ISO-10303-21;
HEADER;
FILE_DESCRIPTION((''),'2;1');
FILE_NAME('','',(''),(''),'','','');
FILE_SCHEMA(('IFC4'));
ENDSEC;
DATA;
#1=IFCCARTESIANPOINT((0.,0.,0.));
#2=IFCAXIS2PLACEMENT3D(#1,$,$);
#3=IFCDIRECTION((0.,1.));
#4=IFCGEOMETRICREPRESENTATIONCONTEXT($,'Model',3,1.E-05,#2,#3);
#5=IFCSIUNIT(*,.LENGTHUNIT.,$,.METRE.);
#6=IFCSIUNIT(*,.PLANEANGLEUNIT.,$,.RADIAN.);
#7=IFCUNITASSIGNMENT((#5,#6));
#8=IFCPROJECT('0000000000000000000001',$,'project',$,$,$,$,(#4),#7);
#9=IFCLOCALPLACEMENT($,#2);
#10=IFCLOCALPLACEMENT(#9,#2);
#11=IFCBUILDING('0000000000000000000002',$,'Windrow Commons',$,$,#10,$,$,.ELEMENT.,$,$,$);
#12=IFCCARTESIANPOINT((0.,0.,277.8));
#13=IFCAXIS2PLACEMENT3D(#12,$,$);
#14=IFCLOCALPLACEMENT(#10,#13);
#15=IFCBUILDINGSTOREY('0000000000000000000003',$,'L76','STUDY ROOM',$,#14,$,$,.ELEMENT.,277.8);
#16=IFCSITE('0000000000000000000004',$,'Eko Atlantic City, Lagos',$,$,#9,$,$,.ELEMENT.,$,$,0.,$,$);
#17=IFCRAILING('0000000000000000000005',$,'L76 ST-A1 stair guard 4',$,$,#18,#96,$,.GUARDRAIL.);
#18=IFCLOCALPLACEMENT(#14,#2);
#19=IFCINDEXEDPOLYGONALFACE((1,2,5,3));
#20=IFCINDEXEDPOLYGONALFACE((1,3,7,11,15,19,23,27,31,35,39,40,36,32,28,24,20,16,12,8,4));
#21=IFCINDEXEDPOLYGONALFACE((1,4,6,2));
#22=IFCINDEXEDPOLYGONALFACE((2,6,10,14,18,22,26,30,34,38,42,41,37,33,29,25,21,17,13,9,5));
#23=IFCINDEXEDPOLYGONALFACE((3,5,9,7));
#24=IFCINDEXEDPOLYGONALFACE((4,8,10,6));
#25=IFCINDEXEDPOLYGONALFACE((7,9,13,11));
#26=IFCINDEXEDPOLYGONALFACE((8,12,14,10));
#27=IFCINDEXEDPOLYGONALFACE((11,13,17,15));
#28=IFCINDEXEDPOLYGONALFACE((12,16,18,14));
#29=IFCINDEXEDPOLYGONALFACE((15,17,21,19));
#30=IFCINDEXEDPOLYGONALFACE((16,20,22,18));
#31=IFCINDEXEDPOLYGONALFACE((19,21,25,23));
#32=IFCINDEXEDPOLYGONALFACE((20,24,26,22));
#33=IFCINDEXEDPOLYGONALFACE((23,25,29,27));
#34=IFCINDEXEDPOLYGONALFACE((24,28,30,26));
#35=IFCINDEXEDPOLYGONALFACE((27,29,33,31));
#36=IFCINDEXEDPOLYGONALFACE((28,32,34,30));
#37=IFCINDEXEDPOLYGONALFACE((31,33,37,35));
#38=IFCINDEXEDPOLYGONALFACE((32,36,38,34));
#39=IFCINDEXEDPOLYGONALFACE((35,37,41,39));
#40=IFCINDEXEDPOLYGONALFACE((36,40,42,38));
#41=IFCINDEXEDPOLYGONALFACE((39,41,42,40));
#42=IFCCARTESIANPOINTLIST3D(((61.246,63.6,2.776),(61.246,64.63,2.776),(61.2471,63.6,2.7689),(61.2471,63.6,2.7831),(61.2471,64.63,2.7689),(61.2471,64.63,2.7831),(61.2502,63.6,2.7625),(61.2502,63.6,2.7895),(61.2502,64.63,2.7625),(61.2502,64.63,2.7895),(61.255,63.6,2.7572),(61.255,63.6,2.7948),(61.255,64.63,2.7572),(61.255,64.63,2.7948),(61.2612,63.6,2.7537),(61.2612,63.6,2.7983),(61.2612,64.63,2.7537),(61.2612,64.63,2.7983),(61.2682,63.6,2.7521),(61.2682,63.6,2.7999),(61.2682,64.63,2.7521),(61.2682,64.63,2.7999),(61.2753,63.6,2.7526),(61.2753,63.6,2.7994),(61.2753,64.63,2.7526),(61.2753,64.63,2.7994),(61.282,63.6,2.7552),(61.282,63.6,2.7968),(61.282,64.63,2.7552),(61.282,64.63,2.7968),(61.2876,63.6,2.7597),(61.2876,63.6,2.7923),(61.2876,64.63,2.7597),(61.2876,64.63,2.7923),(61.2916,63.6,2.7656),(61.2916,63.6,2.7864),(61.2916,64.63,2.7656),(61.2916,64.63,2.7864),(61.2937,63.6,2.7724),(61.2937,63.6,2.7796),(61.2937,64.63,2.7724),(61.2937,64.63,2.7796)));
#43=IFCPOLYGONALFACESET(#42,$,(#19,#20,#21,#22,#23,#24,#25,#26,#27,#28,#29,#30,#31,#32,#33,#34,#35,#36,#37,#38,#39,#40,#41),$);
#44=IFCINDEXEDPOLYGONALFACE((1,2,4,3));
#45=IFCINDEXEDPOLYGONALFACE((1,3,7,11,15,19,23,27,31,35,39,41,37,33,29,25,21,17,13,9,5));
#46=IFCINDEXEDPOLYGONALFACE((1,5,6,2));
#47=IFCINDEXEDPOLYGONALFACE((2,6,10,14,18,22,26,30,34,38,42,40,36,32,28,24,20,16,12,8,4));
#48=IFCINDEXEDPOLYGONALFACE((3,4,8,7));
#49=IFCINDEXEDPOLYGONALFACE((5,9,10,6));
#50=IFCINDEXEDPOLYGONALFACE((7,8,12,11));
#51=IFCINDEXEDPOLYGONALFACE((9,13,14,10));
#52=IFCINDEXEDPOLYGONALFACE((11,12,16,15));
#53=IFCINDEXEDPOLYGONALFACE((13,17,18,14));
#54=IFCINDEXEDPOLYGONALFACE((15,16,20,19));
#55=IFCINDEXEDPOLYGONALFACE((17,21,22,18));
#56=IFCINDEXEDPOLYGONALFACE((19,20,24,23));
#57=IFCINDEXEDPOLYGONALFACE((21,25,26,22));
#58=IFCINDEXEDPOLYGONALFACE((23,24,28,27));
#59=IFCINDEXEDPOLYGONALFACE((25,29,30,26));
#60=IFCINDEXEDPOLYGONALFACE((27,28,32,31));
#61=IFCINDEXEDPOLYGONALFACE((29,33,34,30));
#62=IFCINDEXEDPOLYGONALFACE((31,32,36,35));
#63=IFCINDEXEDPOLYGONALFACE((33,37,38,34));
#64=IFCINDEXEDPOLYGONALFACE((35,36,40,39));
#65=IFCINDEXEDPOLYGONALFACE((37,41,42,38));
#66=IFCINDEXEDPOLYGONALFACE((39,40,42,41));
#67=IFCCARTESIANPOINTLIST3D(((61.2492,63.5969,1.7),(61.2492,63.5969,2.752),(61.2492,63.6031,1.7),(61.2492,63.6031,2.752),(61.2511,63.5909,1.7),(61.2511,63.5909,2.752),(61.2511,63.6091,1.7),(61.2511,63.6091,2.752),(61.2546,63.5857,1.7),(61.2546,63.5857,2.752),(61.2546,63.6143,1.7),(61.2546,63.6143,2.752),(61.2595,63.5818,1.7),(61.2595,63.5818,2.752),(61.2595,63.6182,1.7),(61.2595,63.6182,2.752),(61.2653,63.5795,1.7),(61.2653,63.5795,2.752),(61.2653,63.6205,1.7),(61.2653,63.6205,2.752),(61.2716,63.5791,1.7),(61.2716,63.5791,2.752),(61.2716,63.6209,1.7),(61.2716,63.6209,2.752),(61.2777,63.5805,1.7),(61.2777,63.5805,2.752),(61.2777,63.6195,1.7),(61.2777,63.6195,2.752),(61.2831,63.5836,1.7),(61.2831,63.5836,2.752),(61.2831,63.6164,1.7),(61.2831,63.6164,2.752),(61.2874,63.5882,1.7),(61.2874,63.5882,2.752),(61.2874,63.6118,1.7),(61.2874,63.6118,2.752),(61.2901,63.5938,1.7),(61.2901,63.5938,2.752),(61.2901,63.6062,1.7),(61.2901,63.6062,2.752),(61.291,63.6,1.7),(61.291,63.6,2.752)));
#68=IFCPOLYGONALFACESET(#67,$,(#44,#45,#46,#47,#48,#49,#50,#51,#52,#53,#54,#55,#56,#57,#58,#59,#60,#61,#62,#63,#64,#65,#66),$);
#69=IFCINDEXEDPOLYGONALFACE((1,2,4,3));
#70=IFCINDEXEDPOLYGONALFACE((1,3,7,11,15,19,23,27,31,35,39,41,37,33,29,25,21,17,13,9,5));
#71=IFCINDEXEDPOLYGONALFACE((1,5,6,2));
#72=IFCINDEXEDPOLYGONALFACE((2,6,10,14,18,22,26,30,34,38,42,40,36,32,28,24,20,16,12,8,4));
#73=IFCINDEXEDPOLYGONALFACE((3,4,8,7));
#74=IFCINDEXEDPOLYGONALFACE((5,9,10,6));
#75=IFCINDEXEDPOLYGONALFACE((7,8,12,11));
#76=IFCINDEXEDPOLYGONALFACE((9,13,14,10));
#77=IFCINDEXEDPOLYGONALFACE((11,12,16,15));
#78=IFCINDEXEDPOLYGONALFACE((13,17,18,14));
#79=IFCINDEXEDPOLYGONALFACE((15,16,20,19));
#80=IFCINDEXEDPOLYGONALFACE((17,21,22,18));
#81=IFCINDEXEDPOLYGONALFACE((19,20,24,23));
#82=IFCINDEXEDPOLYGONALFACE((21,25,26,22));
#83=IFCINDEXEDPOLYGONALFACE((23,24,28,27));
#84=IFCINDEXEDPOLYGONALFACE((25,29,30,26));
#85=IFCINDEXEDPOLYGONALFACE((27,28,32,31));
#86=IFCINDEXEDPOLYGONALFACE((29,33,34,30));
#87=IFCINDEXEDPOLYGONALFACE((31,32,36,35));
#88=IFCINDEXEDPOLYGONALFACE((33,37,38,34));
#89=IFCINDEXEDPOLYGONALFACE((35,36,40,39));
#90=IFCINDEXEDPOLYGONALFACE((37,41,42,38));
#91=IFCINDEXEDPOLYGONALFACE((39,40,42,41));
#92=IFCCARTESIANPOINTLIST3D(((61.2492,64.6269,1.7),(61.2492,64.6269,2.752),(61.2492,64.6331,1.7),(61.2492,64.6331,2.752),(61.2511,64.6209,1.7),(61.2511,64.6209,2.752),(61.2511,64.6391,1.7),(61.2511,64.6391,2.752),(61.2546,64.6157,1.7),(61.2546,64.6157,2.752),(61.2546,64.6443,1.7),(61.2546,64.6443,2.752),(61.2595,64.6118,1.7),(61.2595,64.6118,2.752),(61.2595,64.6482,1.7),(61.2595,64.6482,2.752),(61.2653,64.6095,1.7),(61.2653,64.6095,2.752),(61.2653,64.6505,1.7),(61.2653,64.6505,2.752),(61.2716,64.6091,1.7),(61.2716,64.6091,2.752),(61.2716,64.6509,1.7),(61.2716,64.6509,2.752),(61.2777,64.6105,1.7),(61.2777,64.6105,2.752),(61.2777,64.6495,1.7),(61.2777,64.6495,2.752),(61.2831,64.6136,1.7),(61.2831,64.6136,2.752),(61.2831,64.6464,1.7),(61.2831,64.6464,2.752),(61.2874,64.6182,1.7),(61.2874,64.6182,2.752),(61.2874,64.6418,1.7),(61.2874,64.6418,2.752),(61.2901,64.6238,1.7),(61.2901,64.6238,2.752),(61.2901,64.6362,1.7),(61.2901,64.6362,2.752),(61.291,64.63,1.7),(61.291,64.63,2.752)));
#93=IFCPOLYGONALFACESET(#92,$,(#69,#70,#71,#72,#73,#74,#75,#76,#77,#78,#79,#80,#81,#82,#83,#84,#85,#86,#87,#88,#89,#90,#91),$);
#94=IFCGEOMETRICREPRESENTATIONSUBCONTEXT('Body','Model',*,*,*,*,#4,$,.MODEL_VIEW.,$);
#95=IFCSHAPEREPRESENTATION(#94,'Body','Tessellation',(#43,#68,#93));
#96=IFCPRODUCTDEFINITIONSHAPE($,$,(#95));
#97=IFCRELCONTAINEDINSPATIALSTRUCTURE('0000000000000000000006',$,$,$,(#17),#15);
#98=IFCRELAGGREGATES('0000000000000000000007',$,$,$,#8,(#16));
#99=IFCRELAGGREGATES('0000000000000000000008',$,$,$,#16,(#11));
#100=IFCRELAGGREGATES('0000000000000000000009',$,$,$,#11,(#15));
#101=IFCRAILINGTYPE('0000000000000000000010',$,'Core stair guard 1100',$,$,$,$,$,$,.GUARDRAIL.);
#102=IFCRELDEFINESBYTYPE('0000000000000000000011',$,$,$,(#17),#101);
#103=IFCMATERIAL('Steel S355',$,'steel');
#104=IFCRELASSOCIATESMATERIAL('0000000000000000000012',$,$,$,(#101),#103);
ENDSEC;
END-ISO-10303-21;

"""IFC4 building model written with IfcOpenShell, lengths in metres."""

from ifc_helpers import new_model, si_unit, direction, frame, origin, origin_2d, place, context, subcontext, project, spatial, circle, extrude, material, type_object, element, save


model = new_model("IFC4")

# Units and contexts
model_context = context("Model", 3, precision=1e-05, world=origin(), true_north=direction((0.0, 1.0)))
body_context = subcontext(model_context, "Body", "Model", "MODEL_VIEW")
ifc_project = project(units=[si_unit("LENGTHUNIT", "METRE"), si_unit("PLANEANGLEUNIT", "RADIAN")], contexts=[model_context])

# Site, building, storey
site_placement = place(None, origin())
site = spatial("IfcSite", under=ifc_project, at=site_placement, Name="Eko Atlantic City, Lagos", CompositionType="ELEMENT", RefElevation=0.0)
building_placement = place(site_placement, origin())
building = spatial("IfcBuilding", under=site, at=building_placement, Name="Windrow Commons", CompositionType="ELEMENT")
storey_placement = place(building_placement, frame((0.0, 0.0, 277.8)))
storey = spatial("IfcBuildingStorey", under=building, at=storey_placement, Name="L76", Description="STUDY ROOM", CompositionType="ELEMENT", Elevation=277.8)

# Railing
ifc_material_1 = material(Name="Steel S355", Category="steel")
railing_type_1 = type_object("IfcRailingType", Name="Core stair guard 1100", PredefinedType="GUARDRAIL", material=ifc_material_1)
railing_1_placement = place(storey_placement, frame((61.27, 63.6, 1.7)))
element("IfcRailing", 1, at=railing_1_placement, inside=storey, type_object=railing_type_1, Name="L76 ST-A1 stair guard 4", PredefinedType="GUARDRAIL", context=body_context, shape_type="SweptSolid", body=[
    extrude(circle(Radius=0.024, at=origin_2d()), frame((0.0, 0.0, 1.076), z_axis=(0.0, 1.0, 0.0), x_axis=(-1.0, 0.0, 0.0)), (0.0, 0.0, 1.0), 1.03),
    extrude(circle(Radius=0.021, at=origin_2d()), origin(), (0.0, 0.0, 1.0), 1.052),
    extrude(circle(Radius=0.021, at=origin_2d()), frame((0.0, 1.03, 0.0)), (0.0, 0.0, 1.0), 1.052),
])

save(model, "model.ifc")
